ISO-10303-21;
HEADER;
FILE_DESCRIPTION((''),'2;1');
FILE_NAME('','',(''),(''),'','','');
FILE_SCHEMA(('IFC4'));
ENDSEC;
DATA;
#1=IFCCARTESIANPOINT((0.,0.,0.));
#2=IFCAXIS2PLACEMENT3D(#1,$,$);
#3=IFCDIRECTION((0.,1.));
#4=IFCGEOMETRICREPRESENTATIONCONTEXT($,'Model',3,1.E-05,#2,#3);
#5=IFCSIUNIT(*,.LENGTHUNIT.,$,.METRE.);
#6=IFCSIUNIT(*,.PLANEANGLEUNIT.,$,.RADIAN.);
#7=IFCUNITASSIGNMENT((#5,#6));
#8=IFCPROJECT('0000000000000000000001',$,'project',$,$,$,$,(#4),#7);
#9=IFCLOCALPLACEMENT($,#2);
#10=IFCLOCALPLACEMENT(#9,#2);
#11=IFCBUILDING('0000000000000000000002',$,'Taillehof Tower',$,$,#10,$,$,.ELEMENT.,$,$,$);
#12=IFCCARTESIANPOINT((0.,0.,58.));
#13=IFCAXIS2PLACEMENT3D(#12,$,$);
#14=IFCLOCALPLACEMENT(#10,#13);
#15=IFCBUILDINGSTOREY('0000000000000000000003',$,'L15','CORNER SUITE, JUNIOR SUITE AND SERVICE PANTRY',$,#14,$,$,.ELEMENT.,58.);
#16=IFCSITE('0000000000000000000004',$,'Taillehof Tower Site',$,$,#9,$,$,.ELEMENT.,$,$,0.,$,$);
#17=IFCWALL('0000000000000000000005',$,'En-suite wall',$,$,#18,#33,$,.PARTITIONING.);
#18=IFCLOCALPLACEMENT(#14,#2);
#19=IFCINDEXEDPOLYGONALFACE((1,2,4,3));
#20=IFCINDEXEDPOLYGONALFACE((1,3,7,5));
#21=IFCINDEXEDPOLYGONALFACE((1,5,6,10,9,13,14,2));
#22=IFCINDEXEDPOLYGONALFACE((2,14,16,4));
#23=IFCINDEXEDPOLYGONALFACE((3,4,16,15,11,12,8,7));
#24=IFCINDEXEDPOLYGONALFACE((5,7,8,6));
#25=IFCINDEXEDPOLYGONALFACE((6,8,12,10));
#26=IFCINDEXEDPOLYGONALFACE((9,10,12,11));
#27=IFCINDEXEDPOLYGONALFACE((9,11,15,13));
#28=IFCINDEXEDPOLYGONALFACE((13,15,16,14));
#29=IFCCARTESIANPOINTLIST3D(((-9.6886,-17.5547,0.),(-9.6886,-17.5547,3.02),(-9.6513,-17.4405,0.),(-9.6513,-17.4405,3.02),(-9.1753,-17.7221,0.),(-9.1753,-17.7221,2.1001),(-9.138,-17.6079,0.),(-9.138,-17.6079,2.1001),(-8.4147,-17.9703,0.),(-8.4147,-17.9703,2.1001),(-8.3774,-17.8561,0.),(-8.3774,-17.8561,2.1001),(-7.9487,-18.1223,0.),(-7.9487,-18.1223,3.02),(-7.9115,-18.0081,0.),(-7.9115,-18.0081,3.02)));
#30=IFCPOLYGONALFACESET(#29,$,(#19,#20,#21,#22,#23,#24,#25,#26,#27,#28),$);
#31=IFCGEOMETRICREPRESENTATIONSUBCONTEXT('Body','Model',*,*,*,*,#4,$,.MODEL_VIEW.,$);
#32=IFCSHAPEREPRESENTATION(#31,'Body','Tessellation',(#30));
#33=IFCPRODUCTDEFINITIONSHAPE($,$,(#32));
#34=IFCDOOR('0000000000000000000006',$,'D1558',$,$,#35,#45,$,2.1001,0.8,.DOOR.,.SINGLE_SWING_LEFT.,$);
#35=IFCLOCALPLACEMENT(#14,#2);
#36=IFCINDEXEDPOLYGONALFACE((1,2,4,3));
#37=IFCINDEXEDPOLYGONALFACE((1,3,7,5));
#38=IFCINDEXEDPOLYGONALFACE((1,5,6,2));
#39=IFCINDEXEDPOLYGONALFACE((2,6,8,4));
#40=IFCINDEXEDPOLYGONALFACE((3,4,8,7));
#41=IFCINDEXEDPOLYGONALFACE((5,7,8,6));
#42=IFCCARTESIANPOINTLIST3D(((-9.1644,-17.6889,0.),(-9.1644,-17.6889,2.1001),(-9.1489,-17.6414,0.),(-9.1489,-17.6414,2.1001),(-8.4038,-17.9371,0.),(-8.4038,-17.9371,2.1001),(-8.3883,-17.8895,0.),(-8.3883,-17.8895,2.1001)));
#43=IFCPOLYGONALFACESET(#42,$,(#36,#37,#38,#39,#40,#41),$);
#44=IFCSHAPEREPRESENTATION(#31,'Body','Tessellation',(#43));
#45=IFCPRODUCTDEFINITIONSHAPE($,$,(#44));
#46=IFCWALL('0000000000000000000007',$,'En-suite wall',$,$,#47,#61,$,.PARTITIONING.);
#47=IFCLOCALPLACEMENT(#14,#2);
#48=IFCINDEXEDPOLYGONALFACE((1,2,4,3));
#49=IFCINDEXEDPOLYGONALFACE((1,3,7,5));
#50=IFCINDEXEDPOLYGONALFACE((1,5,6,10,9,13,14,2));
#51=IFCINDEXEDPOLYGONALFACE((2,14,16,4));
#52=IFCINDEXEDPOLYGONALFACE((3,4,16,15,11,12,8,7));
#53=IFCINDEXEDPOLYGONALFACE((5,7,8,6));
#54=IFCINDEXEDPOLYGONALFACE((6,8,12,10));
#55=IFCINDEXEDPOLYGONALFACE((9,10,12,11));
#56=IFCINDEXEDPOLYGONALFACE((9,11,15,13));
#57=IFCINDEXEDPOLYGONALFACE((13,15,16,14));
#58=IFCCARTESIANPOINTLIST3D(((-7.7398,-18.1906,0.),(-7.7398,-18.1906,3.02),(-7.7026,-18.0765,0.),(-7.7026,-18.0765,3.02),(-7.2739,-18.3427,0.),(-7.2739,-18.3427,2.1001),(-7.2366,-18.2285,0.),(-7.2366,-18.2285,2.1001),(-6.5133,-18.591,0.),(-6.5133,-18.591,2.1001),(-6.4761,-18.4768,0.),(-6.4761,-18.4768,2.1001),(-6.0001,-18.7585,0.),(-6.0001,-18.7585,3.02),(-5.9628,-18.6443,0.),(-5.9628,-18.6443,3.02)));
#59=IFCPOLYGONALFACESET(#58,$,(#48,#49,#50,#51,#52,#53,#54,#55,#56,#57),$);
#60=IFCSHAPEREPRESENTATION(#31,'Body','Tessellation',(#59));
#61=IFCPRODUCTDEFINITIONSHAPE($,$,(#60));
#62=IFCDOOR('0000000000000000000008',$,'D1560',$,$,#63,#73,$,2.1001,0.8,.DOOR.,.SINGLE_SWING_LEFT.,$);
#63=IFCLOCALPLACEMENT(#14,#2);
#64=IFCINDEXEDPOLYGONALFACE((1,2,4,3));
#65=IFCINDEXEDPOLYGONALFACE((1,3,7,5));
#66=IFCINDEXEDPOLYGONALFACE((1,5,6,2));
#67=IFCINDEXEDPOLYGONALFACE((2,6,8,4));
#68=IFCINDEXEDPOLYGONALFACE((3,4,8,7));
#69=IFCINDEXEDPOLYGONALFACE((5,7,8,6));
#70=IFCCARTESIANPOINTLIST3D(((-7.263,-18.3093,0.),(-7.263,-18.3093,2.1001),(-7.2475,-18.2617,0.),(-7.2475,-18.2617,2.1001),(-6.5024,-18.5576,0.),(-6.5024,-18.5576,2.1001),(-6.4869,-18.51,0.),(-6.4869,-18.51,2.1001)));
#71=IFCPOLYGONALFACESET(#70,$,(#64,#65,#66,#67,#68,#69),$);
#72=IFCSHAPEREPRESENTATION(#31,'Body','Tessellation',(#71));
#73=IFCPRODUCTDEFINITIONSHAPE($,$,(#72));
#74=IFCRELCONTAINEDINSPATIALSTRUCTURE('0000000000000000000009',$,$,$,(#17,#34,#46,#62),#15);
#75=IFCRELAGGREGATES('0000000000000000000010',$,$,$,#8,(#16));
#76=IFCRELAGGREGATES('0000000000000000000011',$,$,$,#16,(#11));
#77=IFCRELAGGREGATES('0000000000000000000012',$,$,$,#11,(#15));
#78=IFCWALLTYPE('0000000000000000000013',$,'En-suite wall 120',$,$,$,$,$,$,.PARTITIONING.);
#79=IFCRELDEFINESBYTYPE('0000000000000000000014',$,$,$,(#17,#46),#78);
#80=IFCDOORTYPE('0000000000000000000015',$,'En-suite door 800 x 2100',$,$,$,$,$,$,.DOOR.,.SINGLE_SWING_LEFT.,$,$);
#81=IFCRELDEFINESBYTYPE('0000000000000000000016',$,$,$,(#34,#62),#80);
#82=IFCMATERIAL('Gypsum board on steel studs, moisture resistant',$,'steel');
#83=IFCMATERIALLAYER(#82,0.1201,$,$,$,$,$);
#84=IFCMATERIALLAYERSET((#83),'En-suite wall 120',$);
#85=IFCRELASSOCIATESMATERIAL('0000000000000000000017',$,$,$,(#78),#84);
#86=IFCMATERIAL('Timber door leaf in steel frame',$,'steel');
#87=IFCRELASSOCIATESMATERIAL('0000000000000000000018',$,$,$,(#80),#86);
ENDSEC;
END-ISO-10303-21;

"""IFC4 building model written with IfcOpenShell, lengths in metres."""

from ifc_helpers import new_model, si_unit, direction, frame, frame_2d, origin, place, context, subcontext, project, spatial, rectangle, extrude, material, layer, layer_set, type_object, element, fill, save


model = new_model("IFC4")

# Units and contexts
model_context = context("Model", 3, precision=1e-05, world=origin(), true_north=direction((0.0, 1.0)))
body_context = subcontext(model_context, "Body", "Model", "MODEL_VIEW")
ifc_project = project(units=[si_unit("LENGTHUNIT", "METRE"), si_unit("PLANEANGLEUNIT", "RADIAN")], contexts=[model_context])

# Site, building, storey
site_placement = place(None, origin())
site = spatial("IfcSite", under=ifc_project, at=site_placement, Name="Taillehof Tower Site", CompositionType="ELEMENT", RefElevation=0.0)
building_placement = place(site_placement, origin())
building = spatial("IfcBuilding", under=site, at=building_placement, Name="Taillehof Tower", CompositionType="ELEMENT")
storey_placement = place(building_placement, frame((0.0, 0.0, 58.0)))
storey = spatial("IfcBuildingStorey", under=building, at=storey_placement, Name="L15", Description="CORNER SUITE, JUNIOR SUITE AND SERVICE PANTRY", CompositionType="ELEMENT", Elevation=58.0)

# Shared definitions
ifc_material_1 = material(Name="Gypsum board on steel studs, moisture resistant", Category="steel")
ifc_layer_1 = layer(ifc_material_1, 0.1201)
ifc_layer_set_1 = layer_set([ifc_layer_1], Name="En-suite wall 120")
wall_type_1 = type_object("IfcWallType", Name="En-suite wall 120", PredefinedType="PARTITIONING", material=ifc_layer_set_1)

# Walls, openings, doors
wall_1_placement = place(storey_placement, frame((-9.6699, -17.4976, 0.0), z_axis=(0.0, 0.0, 1.0), x_axis=(0.950679, -0.310178, 0.0)))
wall_1 = element("IfcWall", 1, at=wall_1_placement, inside=storey, type_object=wall_type_1, Name="En-suite wall", PredefinedType="PARTITIONING", context=body_context, shape_type="SweptSolid", body=[
    extrude(rectangle(XDim=1.8301, YDim=0.1201, at=frame_2d((0.915, 0.0))), origin(), (0.0, 0.0, 1.0), 3.02),
])
opening_1_placement = place(wall_1_placement, frame((0.54, 0.0, 0.0)))
opening_1 = element("IfcOpeningElement", 2, at=opening_1_placement, cuts=wall_1, PredefinedType="OPENING", context=body_context, shape_type="SweptSolid", body=[
    extrude(rectangle(XDim=0.8, YDim=2.1001, at=frame_2d((0.3999, 1.05))), frame((0.0, 0.0701, 0.0), z_axis=(0.0, -1.0, 0.0), x_axis=(1.0, 0.0, 0.0)), (0.0, 0.0, 1.0), 0.1401),
])
ifc_material_2 = material(Name="Timber door leaf in steel frame", Category="steel")
door_type_1 = type_object("IfcDoorType", Name="En-suite door 800 x 2100", OperationType="SINGLE_SWING_LEFT", PredefinedType="DOOR", material=ifc_material_2)
door_1_placement = place(opening_1_placement, origin())
door_1 = element("IfcDoor", 3, at=door_1_placement, inside=storey, type_object=door_type_1, Name="D1558", OperationType="SINGLE_SWING_LEFT", OverallHeight=2.1001, OverallWidth=0.8, PredefinedType="DOOR", context=body_context, shape_type="SweptSolid", body=[
    extrude(rectangle(XDim=0.8, YDim=2.1001, at=frame_2d((0.3999, 1.05))), frame((0.0, 0.0249, 0.0), z_axis=(0.0, -1.0, 0.0), x_axis=(1.0, 0.0, 0.0)), (0.0, 0.0, 1.0), 0.05),
])
fill(opening_1, door_1)
wall_2_placement = place(storey_placement, frame((-5.9814, -18.7014, 0.0), z_axis=(0.0, 0.0, 1.0), x_axis=(-0.950639, 0.310298, 0.0)))
wall_2 = element("IfcWall", 4, at=wall_2_placement, inside=storey, type_object=wall_type_1, Name="En-suite wall", PredefinedType="PARTITIONING", context=body_context, shape_type="SweptSolid", body=[
    extrude(rectangle(XDim=1.8301, YDim=0.1201, at=frame_2d((0.915, 0.0))), origin(), (0.0, 0.0, 1.0), 3.02),
])
opening_2_placement = place(wall_2_placement, frame((0.54, 0.0, 0.0)))
opening_2 = element("IfcOpeningElement", 5, at=opening_2_placement, cuts=wall_2, PredefinedType="OPENING", context=body_context, shape_type="SweptSolid", body=[
    extrude(rectangle(XDim=0.8, YDim=2.1001, at=frame_2d((0.3999, 1.05))), frame((0.0, 0.0701, 0.0), z_axis=(0.0, -1.0, 0.0), x_axis=(1.0, 0.0, 0.0)), (0.0, 0.0, 1.0), 0.1401),
])
door_2_placement = place(opening_2_placement, origin())
door_2 = element("IfcDoor", 6, at=door_2_placement, inside=storey, type_object=door_type_1, Name="D1560", OperationType="SINGLE_SWING_LEFT", OverallHeight=2.1001, OverallWidth=0.8, PredefinedType="DOOR", context=body_context, shape_type="SweptSolid", body=[
    extrude(rectangle(XDim=0.8, YDim=2.1001, at=frame_2d((0.3999, 1.05))), frame((0.0, 0.0249, 0.0), z_axis=(0.0, -1.0, 0.0), x_axis=(1.0, 0.0, 0.0)), (0.0, 0.0, 1.0), 0.05),
])
fill(opening_2, door_2)

save(model, "model.ifc")
